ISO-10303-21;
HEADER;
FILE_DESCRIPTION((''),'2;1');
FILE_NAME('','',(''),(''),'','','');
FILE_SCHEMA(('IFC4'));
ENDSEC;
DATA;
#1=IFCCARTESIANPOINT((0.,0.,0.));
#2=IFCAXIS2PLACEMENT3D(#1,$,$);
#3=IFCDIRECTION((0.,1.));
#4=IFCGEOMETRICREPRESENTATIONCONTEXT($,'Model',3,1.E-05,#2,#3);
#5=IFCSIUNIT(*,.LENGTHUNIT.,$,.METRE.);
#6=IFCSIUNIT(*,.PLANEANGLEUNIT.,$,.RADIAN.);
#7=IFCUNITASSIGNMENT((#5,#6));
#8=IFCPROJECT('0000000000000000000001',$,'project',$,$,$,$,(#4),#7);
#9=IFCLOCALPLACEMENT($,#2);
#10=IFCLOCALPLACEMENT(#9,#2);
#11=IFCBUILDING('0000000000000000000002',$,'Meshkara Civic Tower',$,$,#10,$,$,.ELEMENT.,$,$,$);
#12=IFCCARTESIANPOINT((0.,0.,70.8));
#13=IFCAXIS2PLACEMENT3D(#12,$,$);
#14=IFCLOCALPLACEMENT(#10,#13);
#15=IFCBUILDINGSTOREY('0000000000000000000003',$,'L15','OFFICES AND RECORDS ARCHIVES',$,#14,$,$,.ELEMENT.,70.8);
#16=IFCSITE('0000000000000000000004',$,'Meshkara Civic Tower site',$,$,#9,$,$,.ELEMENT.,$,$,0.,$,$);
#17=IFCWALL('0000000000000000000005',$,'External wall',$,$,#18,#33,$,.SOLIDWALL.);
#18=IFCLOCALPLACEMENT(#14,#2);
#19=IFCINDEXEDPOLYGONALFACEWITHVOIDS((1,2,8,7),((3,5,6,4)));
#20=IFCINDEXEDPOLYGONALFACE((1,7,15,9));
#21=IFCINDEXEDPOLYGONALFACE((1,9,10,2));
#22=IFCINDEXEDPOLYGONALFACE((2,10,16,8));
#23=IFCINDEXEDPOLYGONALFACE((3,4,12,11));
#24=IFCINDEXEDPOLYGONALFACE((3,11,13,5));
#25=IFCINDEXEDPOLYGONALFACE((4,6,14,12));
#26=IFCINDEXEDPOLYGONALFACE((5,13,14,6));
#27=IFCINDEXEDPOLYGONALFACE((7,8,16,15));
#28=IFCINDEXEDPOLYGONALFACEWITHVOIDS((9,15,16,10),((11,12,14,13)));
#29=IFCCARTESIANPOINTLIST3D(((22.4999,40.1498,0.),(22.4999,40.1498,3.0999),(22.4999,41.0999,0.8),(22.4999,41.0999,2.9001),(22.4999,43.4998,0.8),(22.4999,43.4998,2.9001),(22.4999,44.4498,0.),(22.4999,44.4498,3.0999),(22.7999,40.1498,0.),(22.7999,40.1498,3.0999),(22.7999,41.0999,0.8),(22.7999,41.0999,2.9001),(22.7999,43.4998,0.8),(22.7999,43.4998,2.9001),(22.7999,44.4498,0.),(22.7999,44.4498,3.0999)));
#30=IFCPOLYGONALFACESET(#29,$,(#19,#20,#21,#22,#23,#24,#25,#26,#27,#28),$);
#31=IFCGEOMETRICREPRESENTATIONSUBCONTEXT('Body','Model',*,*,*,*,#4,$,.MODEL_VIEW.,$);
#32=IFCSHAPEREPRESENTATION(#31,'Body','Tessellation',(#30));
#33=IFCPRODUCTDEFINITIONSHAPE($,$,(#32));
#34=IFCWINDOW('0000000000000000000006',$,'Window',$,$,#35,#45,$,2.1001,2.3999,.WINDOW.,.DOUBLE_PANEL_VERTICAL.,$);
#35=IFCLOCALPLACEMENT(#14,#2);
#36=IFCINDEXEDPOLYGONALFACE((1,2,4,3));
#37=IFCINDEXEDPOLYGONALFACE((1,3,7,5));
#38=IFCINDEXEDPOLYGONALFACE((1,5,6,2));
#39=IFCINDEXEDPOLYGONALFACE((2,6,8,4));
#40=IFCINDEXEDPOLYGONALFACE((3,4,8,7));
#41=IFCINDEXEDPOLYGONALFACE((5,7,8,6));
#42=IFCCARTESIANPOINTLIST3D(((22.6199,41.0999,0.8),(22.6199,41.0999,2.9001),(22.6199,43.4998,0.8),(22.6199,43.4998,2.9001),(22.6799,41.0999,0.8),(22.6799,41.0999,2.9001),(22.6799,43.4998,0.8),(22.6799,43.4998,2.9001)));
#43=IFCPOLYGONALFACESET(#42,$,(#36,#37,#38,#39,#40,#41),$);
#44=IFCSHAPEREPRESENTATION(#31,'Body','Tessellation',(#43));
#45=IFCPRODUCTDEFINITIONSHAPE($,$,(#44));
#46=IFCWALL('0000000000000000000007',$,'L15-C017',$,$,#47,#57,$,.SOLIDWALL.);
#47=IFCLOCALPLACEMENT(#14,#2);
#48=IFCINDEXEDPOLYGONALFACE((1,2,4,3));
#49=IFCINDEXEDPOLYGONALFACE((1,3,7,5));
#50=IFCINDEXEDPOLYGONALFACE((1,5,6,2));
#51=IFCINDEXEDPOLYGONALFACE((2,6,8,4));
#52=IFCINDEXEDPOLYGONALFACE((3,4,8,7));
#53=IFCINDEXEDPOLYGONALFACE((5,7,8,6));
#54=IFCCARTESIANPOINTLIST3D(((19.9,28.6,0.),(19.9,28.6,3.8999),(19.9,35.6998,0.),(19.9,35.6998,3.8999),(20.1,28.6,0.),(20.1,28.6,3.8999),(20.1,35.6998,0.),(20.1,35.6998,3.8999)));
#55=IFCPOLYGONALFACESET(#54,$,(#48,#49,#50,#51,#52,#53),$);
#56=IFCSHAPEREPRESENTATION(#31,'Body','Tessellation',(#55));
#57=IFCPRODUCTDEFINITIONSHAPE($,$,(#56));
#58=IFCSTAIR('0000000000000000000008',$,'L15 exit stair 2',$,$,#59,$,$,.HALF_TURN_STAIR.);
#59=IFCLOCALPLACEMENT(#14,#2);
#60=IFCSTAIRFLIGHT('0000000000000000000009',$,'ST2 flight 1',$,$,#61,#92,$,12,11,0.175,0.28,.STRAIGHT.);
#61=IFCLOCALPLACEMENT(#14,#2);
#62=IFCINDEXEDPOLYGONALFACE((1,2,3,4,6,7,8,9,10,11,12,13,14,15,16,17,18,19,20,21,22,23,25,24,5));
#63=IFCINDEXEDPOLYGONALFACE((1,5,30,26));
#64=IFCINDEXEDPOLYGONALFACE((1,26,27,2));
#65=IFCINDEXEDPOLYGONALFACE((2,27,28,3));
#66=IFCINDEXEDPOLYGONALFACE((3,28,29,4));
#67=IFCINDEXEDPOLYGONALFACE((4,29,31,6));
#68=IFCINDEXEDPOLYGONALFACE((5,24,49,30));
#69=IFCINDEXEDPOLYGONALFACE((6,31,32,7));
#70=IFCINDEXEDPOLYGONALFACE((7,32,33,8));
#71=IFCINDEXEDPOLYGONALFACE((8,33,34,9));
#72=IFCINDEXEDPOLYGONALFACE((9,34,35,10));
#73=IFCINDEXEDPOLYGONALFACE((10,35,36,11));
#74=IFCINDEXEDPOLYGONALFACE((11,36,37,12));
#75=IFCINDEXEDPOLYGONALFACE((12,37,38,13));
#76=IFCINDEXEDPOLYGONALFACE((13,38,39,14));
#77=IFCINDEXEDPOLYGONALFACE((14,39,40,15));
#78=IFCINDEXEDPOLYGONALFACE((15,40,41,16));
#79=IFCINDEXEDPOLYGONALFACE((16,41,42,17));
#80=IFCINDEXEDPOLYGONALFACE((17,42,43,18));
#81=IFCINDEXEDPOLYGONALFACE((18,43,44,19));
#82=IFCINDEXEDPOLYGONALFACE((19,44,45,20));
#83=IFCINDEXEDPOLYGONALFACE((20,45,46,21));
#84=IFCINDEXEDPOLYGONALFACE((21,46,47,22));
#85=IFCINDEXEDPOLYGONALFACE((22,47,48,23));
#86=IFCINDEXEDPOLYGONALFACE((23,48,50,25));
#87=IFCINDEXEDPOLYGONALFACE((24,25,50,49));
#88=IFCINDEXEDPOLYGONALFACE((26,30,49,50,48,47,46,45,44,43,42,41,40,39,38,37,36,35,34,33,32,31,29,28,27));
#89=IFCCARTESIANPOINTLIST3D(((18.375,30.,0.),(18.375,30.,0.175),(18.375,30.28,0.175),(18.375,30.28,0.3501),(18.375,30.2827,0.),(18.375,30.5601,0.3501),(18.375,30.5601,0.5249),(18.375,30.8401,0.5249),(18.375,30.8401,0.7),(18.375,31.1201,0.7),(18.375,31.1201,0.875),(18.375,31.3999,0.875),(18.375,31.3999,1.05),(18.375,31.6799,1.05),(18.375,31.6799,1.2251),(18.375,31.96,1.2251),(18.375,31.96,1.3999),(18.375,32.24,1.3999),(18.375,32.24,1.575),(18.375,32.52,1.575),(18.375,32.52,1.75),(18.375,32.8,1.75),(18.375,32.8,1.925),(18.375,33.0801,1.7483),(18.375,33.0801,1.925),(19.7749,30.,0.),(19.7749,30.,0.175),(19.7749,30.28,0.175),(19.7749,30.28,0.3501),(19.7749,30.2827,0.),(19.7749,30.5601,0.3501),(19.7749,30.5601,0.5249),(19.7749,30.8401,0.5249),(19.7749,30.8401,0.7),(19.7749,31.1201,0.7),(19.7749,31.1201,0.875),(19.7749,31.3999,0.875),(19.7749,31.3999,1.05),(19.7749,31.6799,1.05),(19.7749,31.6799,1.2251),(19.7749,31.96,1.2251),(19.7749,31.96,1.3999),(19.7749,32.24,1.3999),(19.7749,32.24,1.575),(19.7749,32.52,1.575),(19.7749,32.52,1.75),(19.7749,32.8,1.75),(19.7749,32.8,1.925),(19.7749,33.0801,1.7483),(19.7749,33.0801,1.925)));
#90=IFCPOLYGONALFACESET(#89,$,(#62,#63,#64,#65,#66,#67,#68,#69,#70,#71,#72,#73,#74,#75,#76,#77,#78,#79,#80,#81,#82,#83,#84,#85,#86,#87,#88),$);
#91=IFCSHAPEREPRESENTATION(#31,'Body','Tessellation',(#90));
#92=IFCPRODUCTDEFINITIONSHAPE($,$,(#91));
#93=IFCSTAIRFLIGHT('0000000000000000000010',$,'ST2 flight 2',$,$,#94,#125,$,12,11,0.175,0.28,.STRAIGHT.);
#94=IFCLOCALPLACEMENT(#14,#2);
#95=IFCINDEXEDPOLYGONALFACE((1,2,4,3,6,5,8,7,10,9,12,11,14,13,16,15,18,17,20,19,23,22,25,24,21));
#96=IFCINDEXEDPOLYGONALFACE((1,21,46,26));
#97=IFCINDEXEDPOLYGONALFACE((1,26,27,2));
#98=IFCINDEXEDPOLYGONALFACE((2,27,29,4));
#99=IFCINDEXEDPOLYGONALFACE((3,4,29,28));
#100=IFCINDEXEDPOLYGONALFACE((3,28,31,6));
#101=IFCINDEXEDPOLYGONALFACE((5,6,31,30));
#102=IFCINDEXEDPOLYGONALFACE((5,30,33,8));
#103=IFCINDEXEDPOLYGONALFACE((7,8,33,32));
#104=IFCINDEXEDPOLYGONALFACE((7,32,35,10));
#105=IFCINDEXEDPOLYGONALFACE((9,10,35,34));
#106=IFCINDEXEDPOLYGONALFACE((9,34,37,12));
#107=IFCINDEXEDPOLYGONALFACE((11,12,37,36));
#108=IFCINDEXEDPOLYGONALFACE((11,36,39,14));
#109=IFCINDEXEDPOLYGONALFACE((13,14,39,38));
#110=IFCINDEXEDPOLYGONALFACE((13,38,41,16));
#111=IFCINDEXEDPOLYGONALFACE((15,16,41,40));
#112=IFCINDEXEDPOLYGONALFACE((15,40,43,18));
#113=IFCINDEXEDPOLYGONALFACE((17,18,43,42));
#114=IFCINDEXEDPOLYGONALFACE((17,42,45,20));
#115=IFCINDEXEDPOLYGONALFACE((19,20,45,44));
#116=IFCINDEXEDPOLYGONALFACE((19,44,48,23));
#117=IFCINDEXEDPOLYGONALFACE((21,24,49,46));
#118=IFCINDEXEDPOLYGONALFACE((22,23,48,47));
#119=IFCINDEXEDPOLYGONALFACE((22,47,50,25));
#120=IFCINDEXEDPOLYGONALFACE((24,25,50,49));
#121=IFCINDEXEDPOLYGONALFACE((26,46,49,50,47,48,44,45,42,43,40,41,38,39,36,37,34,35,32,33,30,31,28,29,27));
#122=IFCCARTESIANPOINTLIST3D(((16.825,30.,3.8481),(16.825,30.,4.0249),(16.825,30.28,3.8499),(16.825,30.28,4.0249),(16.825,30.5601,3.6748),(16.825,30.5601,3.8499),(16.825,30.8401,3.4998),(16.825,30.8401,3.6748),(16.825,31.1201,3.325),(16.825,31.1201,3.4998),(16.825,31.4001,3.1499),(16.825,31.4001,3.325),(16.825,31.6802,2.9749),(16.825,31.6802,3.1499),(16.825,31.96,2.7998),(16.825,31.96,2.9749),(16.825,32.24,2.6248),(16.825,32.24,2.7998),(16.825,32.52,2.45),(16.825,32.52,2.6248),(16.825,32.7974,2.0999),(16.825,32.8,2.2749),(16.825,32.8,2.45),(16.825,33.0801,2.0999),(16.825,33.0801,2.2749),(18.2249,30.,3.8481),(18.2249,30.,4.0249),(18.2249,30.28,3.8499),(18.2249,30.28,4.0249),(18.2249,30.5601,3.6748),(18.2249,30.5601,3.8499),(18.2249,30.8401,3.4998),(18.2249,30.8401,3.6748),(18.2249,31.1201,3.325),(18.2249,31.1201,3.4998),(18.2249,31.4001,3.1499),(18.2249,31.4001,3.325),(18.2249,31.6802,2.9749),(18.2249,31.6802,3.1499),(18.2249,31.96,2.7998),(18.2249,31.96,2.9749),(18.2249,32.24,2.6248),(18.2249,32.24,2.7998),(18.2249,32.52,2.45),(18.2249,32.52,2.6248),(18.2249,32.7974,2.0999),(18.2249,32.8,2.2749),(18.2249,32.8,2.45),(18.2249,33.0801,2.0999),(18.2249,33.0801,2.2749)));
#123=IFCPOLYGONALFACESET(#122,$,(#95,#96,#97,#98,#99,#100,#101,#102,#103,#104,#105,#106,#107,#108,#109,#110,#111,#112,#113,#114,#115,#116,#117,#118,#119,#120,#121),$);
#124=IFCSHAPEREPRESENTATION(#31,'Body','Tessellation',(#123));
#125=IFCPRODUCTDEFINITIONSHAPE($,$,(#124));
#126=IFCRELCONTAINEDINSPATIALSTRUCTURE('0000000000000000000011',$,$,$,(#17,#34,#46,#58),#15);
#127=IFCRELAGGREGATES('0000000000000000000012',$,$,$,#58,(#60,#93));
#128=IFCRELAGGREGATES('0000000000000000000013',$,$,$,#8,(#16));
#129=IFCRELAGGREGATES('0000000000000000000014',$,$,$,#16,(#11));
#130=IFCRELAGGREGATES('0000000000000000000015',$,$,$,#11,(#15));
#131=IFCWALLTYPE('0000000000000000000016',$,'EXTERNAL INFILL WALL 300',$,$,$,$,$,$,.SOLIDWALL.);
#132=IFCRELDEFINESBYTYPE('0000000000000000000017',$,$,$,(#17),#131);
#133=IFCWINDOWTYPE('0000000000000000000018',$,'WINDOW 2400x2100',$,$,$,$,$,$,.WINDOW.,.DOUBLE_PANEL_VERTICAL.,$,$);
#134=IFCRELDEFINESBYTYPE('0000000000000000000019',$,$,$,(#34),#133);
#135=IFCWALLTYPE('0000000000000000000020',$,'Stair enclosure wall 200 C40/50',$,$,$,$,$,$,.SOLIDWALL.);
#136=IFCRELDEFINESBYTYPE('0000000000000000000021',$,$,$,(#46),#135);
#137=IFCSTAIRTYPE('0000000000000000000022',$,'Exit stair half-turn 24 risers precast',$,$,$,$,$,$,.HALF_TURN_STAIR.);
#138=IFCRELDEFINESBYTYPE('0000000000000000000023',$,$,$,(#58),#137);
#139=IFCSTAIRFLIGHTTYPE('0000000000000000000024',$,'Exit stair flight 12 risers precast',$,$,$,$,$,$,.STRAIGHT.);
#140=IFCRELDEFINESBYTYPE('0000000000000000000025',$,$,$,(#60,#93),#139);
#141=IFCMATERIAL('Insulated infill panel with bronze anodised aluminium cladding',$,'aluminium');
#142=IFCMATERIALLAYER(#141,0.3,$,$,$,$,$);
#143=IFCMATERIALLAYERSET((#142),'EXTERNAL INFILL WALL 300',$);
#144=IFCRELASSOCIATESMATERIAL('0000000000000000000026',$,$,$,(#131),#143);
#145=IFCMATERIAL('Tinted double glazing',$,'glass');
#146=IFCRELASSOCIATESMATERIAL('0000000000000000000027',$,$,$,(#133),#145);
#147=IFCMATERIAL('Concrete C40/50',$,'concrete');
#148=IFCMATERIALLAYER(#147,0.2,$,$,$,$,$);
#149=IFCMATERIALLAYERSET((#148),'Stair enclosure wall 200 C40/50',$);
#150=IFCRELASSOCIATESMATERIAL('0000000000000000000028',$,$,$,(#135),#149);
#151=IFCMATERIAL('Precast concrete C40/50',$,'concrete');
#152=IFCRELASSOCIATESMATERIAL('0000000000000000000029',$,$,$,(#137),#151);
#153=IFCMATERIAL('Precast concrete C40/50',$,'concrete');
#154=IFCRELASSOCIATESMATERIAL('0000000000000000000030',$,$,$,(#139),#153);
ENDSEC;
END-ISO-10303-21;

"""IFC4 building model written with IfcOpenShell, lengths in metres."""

from ifc_helpers import new_model, si_unit, direction, frame, frame_2d, origin, place, context, subcontext, project, spatial, polyline, rectangle, outline, extrude, material, layer, layer_set, type_object, element, fill, aggregate, save


model = new_model("IFC4")

# Units and contexts
model_context = context("Model", 3, precision=1e-05, world=origin(), true_north=direction((0.0, 1.0)))
body_context = subcontext(model_context, "Body", "Model", "MODEL_VIEW")
ifc_project = project(units=[si_unit("LENGTHUNIT", "METRE"), si_unit("PLANEANGLEUNIT", "RADIAN")], contexts=[model_context])

# Site, building, storey
site_placement = place(None, origin())
site = spatial("IfcSite", under=ifc_project, at=site_placement, Name="Meshkara Civic Tower site", CompositionType="ELEMENT", RefElevation=0.0)
building_placement = place(site_placement, origin())
building = spatial("IfcBuilding", under=site, at=building_placement, Name="Meshkara Civic Tower", CompositionType="ELEMENT")
storey_placement = place(building_placement, frame((0.0, 0.0, 70.8)))
storey = spatial("IfcBuildingStorey", under=building, at=storey_placement, Name="L15", Description="OFFICES AND RECORDS ARCHIVES", CompositionType="ELEMENT", Elevation=70.8)

# Wall, opening, window
ifc_material_1 = material(Name="Insulated infill panel with bronze anodised aluminium cladding", Category="aluminium")
ifc_layer_1 = layer(ifc_material_1, 0.3)
ifc_layer_set_1 = layer_set([ifc_layer_1], Name="EXTERNAL INFILL WALL 300")
wall_type_1 = type_object("IfcWallType", Name="EXTERNAL INFILL WALL 300", PredefinedType="SOLIDWALL", material=ifc_layer_set_1)
ifc_material_2 = material(Name="Tinted double glazing", Category="glass")
window_type_1 = type_object("IfcWindowType", Name="WINDOW 2400x2100", PartitioningType="DOUBLE_PANEL_VERTICAL", PredefinedType="WINDOW", material=ifc_material_2)
wall_1_placement = place(storey_placement, frame((22.6499, 40.1499, 0.0), z_axis=(0.0, 0.0, 1.0), x_axis=(0.0, 1.0, 0.0)))
wall_1 = element("IfcWall", 1, at=wall_1_placement, inside=storey, type_object=wall_type_1, Name="External wall", PredefinedType="SOLIDWALL", context=body_context, shape_type="SweptSolid", body=[
    extrude(rectangle(XDim=4.3, YDim=0.3, at=frame_2d((2.1499, 0.0))), origin(), (0.0, 0.0, 1.0), 3.0999),
])
opening_1_placement = place(wall_1_placement, frame((0.95, 0.0, 0.8)))
opening_1 = element("IfcOpeningElement", 2, at=opening_1_placement, cuts=wall_1, PredefinedType="OPENING", context=body_context, shape_type="SweptSolid", body=[
    extrude(rectangle(XDim=2.3999, YDim=2.1001, at=frame_2d((1.2, 1.05))), frame((0.0, 0.1599, 0.0), z_axis=(0.0, -1.0, 0.0), x_axis=(1.0, 0.0, 0.0)), (0.0, 0.0, 1.0), 0.3201),
])
window_1_placement = place(opening_1_placement, origin())
window_1 = element("IfcWindow", 3, at=window_1_placement, inside=storey, type_object=window_type_1, Name="Window", OverallHeight=2.1001, OverallWidth=2.3999, PartitioningType="DOUBLE_PANEL_VERTICAL", PredefinedType="WINDOW", context=body_context, shape_type="SweptSolid", body=[
    extrude(rectangle(XDim=2.3999, YDim=2.1001, at=frame_2d((1.2, 1.05))), frame((0.0, 0.03, 0.0), z_axis=(0.0, -1.0, 0.0), x_axis=(1.0, 0.0, 0.0)), (0.0, 0.0, 1.0), 0.0601),
])
fill(opening_1, window_1)

# Wall
ifc_material_3 = material(Name="Concrete C40/50", Category="concrete")
ifc_layer_2 = layer(ifc_material_3, 0.2)
ifc_layer_set_2 = layer_set([ifc_layer_2], Name="Stair enclosure wall 200 C40/50")
wall_type_2 = type_object("IfcWallType", Name="Stair enclosure wall 200 C40/50", PredefinedType="SOLIDWALL", material=ifc_layer_set_2)
wall_2_placement = place(storey_placement, frame((20.0, 28.6001, 0.0), z_axis=(0.0, 0.0, 1.0), x_axis=(0.0, 1.0, 0.0)))
element("IfcWall", 4, at=wall_2_placement, inside=storey, type_object=wall_type_2, Name="L15-C017", PredefinedType="SOLIDWALL", context=body_context, shape_type="SweptSolid", body=[
    extrude(rectangle(XDim=7.0999, YDim=0.2, at=frame_2d((3.5498, 0.0))), origin(), (0.0, 0.0, 1.0), 3.8999),
])

# Stair, stair flights
ifc_material_4 = material(Name="Precast concrete C40/50", Category="concrete")
stair_type = type_object("IfcStairType", Name="Exit stair half-turn 24 risers precast", PredefinedType="HALF_TURN_STAIR", material=ifc_material_4)
stair_placement = place(storey_placement, origin())
stair = element("IfcStair", 5, at=stair_placement, inside=storey, type_object=stair_type, Name="L15 exit stair 2", PredefinedType="HALF_TURN_STAIR")
ifc_material_5 = material(Name="Precast concrete C40/50", Category="concrete")
stair_flight_type = type_object("IfcStairFlightType", Name="Exit stair flight 12 risers precast", PredefinedType="STRAIGHT", material=ifc_material_5)
stair_flight_1_placement = place(storey_placement, frame((19.075, 30.0, 0.0), z_axis=(0.0, 0.0, 1.0), x_axis=(0.0, 1.0, 0.0)))
stair_flight_1 = element("IfcStairFlight", 6, at=stair_flight_1_placement, type_object=stair_flight_type, Name="ST2 flight 1", NumberOfRisers=12, NumberOfTreads=11, PredefinedType="STRAIGHT", RiserHeight=0.175, TreadLength=0.28, context=body_context, shape_type="SweptSolid", body=[
    extrude(outline(polyline([(0.0, 0.0), (0.0, 0.175), (0.28, 0.175), (0.28, 0.3501), (0.5601, 0.3501), (0.5601, 0.5249), (0.8401, 0.5249), (0.8401, 0.7), (1.1201, 0.7), (1.1201, 0.875), (1.3999, 0.875), (1.3999, 1.05), (1.6799, 1.05), (1.6799, 1.2251), (1.96, 1.2251), (1.96, 1.3999), (2.24, 1.3999), (2.24, 1.575), (2.52, 1.575), (2.52, 1.75), (2.8, 1.75), (2.8, 1.925), (3.0801, 1.925), (3.0801, 2.1001), (3.0801, 1.7483), (0.2827, 0.0), (0.0, 0.0)])), frame((0.0, 0.7, 0.0), z_axis=(0.0, -1.0, 0.0), x_axis=(1.0, 0.0, 0.0)), (0.0, 0.0, 1.0), 1.3999),
])
stair_flight_2_placement = place(storey_placement, frame((17.5249, 33.0801, 2.0999), z_axis=(0.0, 0.0, 1.0), x_axis=(0.0, -1.0, 0.0)))
stair_flight_2 = element("IfcStairFlight", 7, at=stair_flight_2_placement, type_object=stair_flight_type, Name="ST2 flight 2", NumberOfRisers=12, NumberOfTreads=11, PredefinedType="STRAIGHT", RiserHeight=0.175, TreadLength=0.28, context=body_context, shape_type="SweptSolid", body=[
    extrude(outline(polyline([(0.0, 0.0), (0.0, 0.175), (0.28, 0.175), (0.28, 0.3501), (0.5601, 0.3501), (0.5601, 0.5249), (0.8401, 0.5249), (0.8401, 0.7), (1.1201, 0.7), (1.1201, 0.875), (1.3999, 0.875), (1.3999, 1.05), (1.6799, 1.05), (1.6799, 1.2251), (1.96, 1.2251), (1.96, 1.3999), (2.24, 1.3999), (2.24, 1.575), (2.52, 1.575), (2.52, 1.75), (2.8, 1.75), (2.8, 1.925), (3.0801, 1.925), (3.0801, 2.1001), (3.0801, 1.7483), (0.2827, 0.0), (0.0, 0.0)])), frame((0.0, 0.7, 0.0), z_axis=(0.0, -1.0, 0.0), x_axis=(1.0, 0.0, 0.0)), (0.0, 0.0, 1.0), 1.3999),
])
aggregate(stair, [stair_flight_1, stair_flight_2])

save(model, "model.ifc")
